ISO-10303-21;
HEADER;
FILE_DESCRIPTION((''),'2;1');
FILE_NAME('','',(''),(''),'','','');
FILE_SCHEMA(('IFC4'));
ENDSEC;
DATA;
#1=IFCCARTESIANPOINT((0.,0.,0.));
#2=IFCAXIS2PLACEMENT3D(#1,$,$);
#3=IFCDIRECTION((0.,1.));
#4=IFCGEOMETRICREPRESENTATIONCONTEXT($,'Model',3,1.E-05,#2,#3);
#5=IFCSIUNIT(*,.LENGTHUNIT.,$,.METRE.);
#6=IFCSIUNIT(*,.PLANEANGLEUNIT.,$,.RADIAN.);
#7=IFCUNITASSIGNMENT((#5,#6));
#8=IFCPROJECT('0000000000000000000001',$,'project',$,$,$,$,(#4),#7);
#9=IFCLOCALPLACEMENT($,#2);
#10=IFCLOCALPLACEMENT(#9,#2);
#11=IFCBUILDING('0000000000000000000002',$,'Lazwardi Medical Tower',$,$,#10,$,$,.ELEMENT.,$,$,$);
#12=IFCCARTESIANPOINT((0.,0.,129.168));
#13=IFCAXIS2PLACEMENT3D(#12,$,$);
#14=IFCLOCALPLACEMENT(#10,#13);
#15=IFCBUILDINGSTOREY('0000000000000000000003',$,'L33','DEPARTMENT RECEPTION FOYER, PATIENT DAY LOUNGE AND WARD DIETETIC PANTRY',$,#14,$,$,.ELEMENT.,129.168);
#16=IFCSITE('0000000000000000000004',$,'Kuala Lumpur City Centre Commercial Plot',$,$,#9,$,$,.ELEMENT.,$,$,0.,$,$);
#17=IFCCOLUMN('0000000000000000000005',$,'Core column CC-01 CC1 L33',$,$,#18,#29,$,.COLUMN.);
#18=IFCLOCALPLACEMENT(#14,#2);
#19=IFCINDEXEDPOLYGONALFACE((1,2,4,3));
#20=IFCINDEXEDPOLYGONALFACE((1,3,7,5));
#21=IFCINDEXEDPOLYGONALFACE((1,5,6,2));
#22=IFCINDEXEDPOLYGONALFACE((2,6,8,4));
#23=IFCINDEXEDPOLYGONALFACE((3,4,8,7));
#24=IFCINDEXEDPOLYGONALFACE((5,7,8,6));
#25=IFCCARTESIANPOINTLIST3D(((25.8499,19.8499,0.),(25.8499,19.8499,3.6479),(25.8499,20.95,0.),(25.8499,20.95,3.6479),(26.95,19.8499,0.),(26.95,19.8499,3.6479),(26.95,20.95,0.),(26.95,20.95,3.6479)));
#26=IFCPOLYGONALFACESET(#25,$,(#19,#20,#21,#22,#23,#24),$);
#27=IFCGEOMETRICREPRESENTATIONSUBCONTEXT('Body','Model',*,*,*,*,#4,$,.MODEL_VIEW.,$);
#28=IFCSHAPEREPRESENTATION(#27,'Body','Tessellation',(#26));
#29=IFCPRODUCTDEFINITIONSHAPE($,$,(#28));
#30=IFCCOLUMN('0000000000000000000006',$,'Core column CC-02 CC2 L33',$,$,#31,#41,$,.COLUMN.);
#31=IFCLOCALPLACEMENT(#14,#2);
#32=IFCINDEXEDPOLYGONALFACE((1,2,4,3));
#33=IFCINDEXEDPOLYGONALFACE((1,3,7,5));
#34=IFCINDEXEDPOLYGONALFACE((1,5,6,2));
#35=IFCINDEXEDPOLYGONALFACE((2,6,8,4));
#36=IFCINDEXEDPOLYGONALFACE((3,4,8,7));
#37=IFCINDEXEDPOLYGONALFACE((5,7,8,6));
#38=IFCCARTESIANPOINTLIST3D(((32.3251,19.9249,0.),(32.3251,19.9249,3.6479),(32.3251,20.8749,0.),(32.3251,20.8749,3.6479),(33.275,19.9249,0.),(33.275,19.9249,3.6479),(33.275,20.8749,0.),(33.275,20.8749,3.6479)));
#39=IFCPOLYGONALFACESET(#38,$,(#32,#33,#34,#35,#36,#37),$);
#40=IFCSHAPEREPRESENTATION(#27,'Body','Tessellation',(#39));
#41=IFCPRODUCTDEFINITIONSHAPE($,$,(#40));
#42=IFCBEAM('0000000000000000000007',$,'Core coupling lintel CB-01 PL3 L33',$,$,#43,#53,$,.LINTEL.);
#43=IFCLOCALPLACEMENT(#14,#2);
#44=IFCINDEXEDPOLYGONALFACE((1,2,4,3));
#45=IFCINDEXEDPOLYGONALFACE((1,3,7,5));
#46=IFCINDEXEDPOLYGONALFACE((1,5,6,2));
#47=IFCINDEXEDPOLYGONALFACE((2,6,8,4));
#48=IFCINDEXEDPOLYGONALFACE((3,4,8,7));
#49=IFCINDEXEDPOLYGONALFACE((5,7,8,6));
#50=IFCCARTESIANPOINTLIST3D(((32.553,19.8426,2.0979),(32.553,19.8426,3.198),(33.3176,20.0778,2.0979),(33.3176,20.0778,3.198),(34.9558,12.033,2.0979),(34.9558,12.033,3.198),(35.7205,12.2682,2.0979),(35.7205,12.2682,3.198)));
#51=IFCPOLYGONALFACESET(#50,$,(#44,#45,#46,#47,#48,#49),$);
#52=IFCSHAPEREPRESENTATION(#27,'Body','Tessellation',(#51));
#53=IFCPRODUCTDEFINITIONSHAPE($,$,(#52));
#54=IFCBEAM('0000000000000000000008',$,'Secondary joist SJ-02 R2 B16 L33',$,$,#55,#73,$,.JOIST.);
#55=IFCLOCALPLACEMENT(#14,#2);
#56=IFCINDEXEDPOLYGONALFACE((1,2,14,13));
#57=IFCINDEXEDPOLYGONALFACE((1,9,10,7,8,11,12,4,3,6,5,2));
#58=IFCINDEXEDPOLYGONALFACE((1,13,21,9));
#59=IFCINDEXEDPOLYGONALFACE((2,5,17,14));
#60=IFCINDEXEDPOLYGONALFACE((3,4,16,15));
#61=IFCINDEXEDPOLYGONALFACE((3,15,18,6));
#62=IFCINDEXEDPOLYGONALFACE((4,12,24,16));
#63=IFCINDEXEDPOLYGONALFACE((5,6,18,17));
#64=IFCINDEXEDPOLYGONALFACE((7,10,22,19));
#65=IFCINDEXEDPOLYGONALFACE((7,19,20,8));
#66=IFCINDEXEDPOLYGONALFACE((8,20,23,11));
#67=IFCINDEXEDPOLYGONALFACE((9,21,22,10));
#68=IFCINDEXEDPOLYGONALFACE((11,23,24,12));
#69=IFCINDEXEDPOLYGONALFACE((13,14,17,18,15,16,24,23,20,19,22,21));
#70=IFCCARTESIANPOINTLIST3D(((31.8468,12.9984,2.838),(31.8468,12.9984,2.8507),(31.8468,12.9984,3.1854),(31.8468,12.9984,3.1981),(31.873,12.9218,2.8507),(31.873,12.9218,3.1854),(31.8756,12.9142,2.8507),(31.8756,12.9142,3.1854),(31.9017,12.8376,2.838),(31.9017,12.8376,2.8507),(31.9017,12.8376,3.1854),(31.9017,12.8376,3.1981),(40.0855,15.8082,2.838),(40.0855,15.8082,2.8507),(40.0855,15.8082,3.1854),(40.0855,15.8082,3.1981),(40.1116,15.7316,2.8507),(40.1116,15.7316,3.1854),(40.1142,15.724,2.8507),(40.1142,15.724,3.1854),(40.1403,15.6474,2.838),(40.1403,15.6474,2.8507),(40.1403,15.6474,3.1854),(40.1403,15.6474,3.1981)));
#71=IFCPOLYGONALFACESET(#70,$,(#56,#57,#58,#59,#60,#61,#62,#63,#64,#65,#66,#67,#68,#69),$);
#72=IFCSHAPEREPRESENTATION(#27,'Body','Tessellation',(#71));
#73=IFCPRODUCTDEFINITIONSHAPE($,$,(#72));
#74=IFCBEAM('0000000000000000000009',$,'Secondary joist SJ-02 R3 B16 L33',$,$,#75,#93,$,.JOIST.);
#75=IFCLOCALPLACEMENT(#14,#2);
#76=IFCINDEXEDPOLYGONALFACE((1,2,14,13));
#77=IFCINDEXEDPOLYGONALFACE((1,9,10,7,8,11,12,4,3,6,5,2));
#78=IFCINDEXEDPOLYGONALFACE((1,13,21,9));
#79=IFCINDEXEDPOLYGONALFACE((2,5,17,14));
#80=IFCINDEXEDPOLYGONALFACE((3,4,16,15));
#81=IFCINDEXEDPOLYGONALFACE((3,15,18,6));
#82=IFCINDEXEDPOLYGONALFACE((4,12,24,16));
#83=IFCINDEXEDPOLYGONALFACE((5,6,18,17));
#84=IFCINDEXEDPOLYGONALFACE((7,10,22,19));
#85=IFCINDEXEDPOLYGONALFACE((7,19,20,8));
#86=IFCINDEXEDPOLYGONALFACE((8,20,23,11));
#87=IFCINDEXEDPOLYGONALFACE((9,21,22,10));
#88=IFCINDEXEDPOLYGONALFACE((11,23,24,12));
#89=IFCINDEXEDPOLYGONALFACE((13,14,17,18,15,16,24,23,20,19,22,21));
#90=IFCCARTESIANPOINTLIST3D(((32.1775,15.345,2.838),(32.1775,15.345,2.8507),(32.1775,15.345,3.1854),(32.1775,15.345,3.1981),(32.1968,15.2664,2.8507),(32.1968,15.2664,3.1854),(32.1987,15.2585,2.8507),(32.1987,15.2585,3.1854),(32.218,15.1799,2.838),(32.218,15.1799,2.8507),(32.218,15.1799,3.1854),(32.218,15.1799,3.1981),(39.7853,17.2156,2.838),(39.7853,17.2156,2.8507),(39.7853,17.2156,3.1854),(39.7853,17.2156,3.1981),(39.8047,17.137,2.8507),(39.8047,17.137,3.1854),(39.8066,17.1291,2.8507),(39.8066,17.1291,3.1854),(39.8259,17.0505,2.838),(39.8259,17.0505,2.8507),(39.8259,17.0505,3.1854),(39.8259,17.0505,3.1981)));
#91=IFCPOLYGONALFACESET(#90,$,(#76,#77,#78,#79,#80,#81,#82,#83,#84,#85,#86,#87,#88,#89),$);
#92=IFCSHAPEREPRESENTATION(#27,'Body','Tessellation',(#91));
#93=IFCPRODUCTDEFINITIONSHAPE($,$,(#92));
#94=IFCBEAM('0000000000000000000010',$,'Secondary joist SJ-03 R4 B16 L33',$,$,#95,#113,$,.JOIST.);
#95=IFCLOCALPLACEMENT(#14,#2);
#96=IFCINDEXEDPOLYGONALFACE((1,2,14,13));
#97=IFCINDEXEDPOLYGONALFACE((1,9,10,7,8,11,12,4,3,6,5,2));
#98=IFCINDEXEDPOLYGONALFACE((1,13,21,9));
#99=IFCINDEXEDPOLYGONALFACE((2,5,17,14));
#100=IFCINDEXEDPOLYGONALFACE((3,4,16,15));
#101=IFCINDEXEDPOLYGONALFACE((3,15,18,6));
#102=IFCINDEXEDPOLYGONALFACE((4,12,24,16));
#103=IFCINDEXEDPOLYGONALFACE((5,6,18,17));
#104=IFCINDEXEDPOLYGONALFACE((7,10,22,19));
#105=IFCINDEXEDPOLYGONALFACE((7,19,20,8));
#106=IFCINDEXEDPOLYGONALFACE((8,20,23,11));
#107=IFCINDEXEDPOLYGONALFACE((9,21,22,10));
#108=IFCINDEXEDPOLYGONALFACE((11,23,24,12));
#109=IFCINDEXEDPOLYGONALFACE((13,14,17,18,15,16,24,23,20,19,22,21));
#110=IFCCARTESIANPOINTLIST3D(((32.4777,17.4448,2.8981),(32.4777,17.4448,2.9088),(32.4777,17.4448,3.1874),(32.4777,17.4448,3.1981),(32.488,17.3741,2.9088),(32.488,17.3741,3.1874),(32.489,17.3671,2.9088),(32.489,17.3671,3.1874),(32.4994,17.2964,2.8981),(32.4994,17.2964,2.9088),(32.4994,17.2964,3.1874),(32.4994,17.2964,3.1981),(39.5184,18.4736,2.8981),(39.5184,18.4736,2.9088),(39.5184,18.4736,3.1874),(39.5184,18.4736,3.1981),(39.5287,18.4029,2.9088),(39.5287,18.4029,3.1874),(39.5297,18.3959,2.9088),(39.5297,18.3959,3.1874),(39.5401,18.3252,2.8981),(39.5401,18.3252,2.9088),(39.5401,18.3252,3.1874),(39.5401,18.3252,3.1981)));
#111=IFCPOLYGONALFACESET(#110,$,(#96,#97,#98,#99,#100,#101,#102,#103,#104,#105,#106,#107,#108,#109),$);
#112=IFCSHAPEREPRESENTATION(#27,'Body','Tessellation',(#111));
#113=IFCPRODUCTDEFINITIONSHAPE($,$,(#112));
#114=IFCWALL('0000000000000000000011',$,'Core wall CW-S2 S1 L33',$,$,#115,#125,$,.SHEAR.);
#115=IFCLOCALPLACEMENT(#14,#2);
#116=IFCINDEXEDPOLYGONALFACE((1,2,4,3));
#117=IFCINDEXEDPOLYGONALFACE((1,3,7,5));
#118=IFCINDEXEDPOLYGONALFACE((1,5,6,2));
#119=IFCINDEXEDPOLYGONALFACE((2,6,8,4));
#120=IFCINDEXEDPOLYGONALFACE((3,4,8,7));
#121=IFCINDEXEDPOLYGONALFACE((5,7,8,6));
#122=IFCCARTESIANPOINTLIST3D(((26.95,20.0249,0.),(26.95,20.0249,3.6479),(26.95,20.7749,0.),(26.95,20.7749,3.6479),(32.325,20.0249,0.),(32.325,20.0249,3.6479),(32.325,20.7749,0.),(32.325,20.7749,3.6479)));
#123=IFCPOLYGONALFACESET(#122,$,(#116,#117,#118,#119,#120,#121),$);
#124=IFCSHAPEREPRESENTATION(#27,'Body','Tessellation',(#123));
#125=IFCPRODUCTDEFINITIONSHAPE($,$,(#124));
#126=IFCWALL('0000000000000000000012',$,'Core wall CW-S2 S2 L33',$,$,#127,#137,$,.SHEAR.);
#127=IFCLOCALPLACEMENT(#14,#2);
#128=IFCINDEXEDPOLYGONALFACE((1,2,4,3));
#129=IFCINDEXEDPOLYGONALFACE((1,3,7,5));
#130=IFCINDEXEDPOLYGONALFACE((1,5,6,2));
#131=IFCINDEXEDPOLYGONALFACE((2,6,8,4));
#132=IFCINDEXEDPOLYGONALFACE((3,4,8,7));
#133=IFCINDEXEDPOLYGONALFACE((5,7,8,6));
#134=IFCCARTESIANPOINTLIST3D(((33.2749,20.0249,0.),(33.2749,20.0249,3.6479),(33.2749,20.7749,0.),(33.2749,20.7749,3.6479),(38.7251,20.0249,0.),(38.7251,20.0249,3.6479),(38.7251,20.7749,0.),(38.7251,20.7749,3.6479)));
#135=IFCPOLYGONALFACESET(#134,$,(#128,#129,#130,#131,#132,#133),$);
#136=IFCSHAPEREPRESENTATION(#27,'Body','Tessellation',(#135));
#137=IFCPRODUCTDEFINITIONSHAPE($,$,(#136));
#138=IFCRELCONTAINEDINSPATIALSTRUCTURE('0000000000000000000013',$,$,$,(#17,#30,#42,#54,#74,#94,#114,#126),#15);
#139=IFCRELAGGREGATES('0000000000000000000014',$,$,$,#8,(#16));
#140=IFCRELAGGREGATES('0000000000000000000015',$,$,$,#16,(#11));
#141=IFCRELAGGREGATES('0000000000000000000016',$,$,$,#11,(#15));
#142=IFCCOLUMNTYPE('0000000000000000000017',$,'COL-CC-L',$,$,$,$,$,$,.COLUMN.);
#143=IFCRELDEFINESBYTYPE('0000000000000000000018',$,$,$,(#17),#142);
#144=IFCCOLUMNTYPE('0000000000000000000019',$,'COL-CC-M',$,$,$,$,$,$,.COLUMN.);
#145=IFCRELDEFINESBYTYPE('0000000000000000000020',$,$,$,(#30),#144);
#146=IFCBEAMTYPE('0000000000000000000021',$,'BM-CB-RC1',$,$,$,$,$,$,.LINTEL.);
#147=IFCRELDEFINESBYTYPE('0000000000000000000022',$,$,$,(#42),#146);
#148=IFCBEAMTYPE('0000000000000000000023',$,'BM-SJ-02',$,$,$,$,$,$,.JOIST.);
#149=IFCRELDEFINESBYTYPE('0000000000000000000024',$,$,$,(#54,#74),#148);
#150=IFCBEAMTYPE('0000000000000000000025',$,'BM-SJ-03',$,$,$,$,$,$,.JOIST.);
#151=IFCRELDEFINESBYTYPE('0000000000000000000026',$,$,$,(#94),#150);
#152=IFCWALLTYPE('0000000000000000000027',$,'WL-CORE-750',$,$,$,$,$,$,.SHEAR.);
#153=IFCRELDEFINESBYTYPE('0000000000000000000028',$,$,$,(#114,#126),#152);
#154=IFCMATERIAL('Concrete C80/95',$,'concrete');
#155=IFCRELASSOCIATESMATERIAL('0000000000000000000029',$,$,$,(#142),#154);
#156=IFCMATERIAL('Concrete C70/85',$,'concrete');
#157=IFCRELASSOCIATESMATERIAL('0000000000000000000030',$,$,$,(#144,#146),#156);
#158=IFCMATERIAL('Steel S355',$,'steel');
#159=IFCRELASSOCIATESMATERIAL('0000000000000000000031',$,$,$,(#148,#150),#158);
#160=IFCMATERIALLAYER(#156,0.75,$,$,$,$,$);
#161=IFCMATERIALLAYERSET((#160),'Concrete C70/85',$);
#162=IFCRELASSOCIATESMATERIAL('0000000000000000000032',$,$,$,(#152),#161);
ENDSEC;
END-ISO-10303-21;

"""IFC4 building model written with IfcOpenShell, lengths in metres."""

from ifc_helpers import new_model, si_unit, direction, frame, frame_2d, origin, origin_2d, place, context, subcontext, project, spatial, rectangle, i_section, extrude, material, layer, layer_set, material_profile, profile_set, type_object, element, save


model = new_model("IFC4")

# Units and contexts
model_context = context("Model", 3, precision=1e-05, world=origin(), true_north=direction((0.0, 1.0)))
body_context = subcontext(model_context, "Body", "Model", "MODEL_VIEW")
ifc_project = project(units=[si_unit("LENGTHUNIT", "METRE"), si_unit("PLANEANGLEUNIT", "RADIAN")], contexts=[model_context])

# Site, building, storey
site_placement = place(None, origin())
site = spatial("IfcSite", under=ifc_project, at=site_placement, Name="Kuala Lumpur City Centre Commercial Plot", CompositionType="ELEMENT", RefElevation=0.0)
building_placement = place(site_placement, origin())
building = spatial("IfcBuilding", under=site, at=building_placement, Name="Lazwardi Medical Tower", CompositionType="ELEMENT")
storey_placement = place(building_placement, frame((0.0, 0.0, 129.168)))
storey = spatial("IfcBuildingStorey", under=building, at=storey_placement, Name="L33", Description="DEPARTMENT RECEPTION FOYER, PATIENT DAY LOUNGE AND WARD DIETETIC PANTRY", CompositionType="ELEMENT", Elevation=129.168)

# Columns
ifc_material_1 = material(Name="Concrete C80/95", Category="concrete")
ifc_material_profile_1 = material_profile(ifc_material_1, rectangle(XDim=1.1001, YDim=1.1001, at=origin_2d()), Name="RC 1100x1100")
ifc_profile_set_1 = profile_set([ifc_material_profile_1], Name="Concrete C80/95")
column_type_1 = type_object("IfcColumnType", Name="COL-CC-L", PredefinedType="COLUMN", material=ifc_profile_set_1)
column_1_placement = place(storey_placement, frame((26.3999, 20.3999, 0.0), z_axis=(0.0, 0.0, 1.0), x_axis=(1.0, 0.0, 0.0)))
element("IfcColumn", 1, at=column_1_placement, inside=storey, type_object=column_type_1, Name="Core column CC-01 CC1 L33", PredefinedType="COLUMN", context=body_context, shape_type="SweptSolid", body=[
    extrude(rectangle(XDim=1.1001, YDim=1.1001, at=origin_2d()), origin(), (0.0, 0.0, 1.0), 3.6479),
])
ifc_material_2 = material(Name="Concrete C70/85", Category="concrete")
ifc_material_profile_2 = material_profile(ifc_material_2, rectangle(XDim=0.95, YDim=0.95, at=origin_2d()), Name="RC 950x950")
ifc_profile_set_2 = profile_set([ifc_material_profile_2], Name="Concrete C70/85")
column_type_2 = type_object("IfcColumnType", Name="COL-CC-M", PredefinedType="COLUMN", material=ifc_profile_set_2)
column_2_placement = place(storey_placement, frame((32.8, 20.3999, 0.0), z_axis=(0.0, 0.0, 1.0), x_axis=(1.0, 0.0, 0.0)))
element("IfcColumn", 2, at=column_2_placement, inside=storey, type_object=column_type_2, Name="Core column CC-02 CC2 L33", PredefinedType="COLUMN", context=body_context, shape_type="SweptSolid", body=[
    extrude(rectangle(XDim=0.95, YDim=0.95, at=origin_2d()), origin(), (0.0, 0.0, 1.0), 3.6479),
])

# Beams
ifc_material_profile_3 = material_profile(ifc_material_2, rectangle(XDim=0.8, YDim=1.1001, at=origin_2d()), Name="RC 800x1100")
ifc_profile_set_3 = profile_set([ifc_material_profile_3], Name="Concrete C70/85")
beam_type_1 = type_object("IfcBeamType", Name="BM-CB-RC1", PredefinedType="LINTEL", material=ifc_profile_set_3)
beam_1_placement = place(storey_placement, frame((32.9353, 19.9602, 2.6479), z_axis=(0.294073, -0.955783, 0.0), x_axis=(0.955783, 0.294073, 0.0)))
element("IfcBeam", 3, at=beam_1_placement, inside=storey, type_object=beam_type_1, Name="Core coupling lintel CB-01 PL3 L33", PredefinedType="LINTEL", context=body_context, shape_type="SweptSolid", body=[
    extrude(rectangle(XDim=0.8, YDim=1.1001, at=origin_2d()), origin(), (0.0, 0.0, 1.0), 8.1709),
])
ifc_material_3 = material(Name="Steel S355", Category="steel")
ifc_material_profile_4 = material_profile(ifc_material_3, i_section(OverallWidth=0.1699, OverallDepth=0.3601, WebThickness=0.0081, FlangeThickness=0.0127, at=origin_2d()), Name="IPE 360")
ifc_profile_set_4 = profile_set([ifc_material_profile_4], Name="Steel S355")
beam_type_2 = type_object("IfcBeamType", Name="BM-SJ-02", PredefinedType="JOIST", material=ifc_profile_set_4)
beam_2_placement = place(storey_placement, frame((31.8743, 12.918, 3.0181), z_axis=(0.946467, 0.3228, 0.0), x_axis=(-0.3228, 0.946467, 0.0)))
element("IfcBeam", 4, at=beam_2_placement, inside=storey, type_object=beam_type_2, Name="Secondary joist SJ-02 R2 B16 L33", PredefinedType="JOIST", context=body_context, shape_type="SweptSolid", body=[
    extrude(i_section(OverallWidth=0.1699, OverallDepth=0.3601, WebThickness=0.0081, FlangeThickness=0.0127, at=origin_2d()), origin(), (0.0, 0.0, 1.0), 8.7046),
])
beam_3_placement = place(storey_placement, frame((32.1978, 15.2625, 3.0181), z_axis=(0.971077, 0.238765, 0.0), x_axis=(-0.238765, 0.971077, 0.0)))
element("IfcBeam", 5, at=beam_3_placement, inside=storey, type_object=beam_type_2, Name="Secondary joist SJ-02 R3 B16 L33", PredefinedType="JOIST", context=body_context, shape_type="SweptSolid", body=[
    extrude(i_section(OverallWidth=0.1699, OverallDepth=0.3601, WebThickness=0.0081, FlangeThickness=0.0127, at=origin_2d()), origin(), (0.0, 0.0, 1.0), 7.8345),
])
ifc_material_profile_5 = material_profile(ifc_material_3, i_section(OverallWidth=0.1499, OverallDepth=0.3, WebThickness=0.0071, FlangeThickness=0.0107, at=origin_2d()), Name="IPE 300")
ifc_profile_set_5 = profile_set([ifc_material_profile_5], Name="Steel S355")
beam_type_3 = type_object("IfcBeamType", Name="BM-SJ-03", PredefinedType="JOIST", material=ifc_profile_set_5)
beam_4_placement = place(storey_placement, frame((32.4885, 17.3706, 3.0481), z_axis=(0.989492, 0.144586, 0.0), x_axis=(-0.144586, 0.989492, 0.0)))
element("IfcBeam", 6, at=beam_4_placement, inside=storey, type_object=beam_type_3, Name="Secondary joist SJ-03 R4 B16 L33", PredefinedType="JOIST", context=body_context, shape_type="SweptSolid", body=[
    extrude(i_section(OverallWidth=0.1499, OverallDepth=0.3, WebThickness=0.0071, FlangeThickness=0.0107, at=origin_2d()), origin(), (0.0, 0.0, 1.0), 7.1155),
])

# Walls
ifc_layer_1 = layer(ifc_material_2, 0.75)
ifc_layer_set_1 = layer_set([ifc_layer_1], Name="Concrete C70/85")
wall_type_1 = type_object("IfcWallType", Name="WL-CORE-750", PredefinedType="SHEAR", material=ifc_layer_set_1)
wall_1_placement = place(storey_placement, frame((26.95, 20.3999, 0.0), z_axis=(0.0, 0.0, 1.0), x_axis=(1.0, 0.0, 0.0)))
element("IfcWall", 7, at=wall_1_placement, inside=storey, type_object=wall_type_1, Name="Core wall CW-S2 S1 L33", PredefinedType="SHEAR", context=body_context, shape_type="SweptSolid", body=[
    extrude(rectangle(XDim=5.375, YDim=0.75, at=frame_2d((2.6875, 0.0))), origin(), (0.0, 0.0, 1.0), 3.6479),
])
wall_2_placement = place(storey_placement, frame((33.2749, 20.3999, 0.0), z_axis=(0.0, 0.0, 1.0), x_axis=(1.0, 0.0, 0.0)))
element("IfcWall", 8, at=wall_2_placement, inside=storey, type_object=wall_type_1, Name="Core wall CW-S2 S2 L33", PredefinedType="SHEAR", context=body_context, shape_type="SweptSolid", body=[
    extrude(rectangle(XDim=5.4502, YDim=0.75, at=frame_2d((2.7251, 0.0))), origin(), (0.0, 0.0, 1.0), 3.6479),
])

save(model, "model.ifc")
